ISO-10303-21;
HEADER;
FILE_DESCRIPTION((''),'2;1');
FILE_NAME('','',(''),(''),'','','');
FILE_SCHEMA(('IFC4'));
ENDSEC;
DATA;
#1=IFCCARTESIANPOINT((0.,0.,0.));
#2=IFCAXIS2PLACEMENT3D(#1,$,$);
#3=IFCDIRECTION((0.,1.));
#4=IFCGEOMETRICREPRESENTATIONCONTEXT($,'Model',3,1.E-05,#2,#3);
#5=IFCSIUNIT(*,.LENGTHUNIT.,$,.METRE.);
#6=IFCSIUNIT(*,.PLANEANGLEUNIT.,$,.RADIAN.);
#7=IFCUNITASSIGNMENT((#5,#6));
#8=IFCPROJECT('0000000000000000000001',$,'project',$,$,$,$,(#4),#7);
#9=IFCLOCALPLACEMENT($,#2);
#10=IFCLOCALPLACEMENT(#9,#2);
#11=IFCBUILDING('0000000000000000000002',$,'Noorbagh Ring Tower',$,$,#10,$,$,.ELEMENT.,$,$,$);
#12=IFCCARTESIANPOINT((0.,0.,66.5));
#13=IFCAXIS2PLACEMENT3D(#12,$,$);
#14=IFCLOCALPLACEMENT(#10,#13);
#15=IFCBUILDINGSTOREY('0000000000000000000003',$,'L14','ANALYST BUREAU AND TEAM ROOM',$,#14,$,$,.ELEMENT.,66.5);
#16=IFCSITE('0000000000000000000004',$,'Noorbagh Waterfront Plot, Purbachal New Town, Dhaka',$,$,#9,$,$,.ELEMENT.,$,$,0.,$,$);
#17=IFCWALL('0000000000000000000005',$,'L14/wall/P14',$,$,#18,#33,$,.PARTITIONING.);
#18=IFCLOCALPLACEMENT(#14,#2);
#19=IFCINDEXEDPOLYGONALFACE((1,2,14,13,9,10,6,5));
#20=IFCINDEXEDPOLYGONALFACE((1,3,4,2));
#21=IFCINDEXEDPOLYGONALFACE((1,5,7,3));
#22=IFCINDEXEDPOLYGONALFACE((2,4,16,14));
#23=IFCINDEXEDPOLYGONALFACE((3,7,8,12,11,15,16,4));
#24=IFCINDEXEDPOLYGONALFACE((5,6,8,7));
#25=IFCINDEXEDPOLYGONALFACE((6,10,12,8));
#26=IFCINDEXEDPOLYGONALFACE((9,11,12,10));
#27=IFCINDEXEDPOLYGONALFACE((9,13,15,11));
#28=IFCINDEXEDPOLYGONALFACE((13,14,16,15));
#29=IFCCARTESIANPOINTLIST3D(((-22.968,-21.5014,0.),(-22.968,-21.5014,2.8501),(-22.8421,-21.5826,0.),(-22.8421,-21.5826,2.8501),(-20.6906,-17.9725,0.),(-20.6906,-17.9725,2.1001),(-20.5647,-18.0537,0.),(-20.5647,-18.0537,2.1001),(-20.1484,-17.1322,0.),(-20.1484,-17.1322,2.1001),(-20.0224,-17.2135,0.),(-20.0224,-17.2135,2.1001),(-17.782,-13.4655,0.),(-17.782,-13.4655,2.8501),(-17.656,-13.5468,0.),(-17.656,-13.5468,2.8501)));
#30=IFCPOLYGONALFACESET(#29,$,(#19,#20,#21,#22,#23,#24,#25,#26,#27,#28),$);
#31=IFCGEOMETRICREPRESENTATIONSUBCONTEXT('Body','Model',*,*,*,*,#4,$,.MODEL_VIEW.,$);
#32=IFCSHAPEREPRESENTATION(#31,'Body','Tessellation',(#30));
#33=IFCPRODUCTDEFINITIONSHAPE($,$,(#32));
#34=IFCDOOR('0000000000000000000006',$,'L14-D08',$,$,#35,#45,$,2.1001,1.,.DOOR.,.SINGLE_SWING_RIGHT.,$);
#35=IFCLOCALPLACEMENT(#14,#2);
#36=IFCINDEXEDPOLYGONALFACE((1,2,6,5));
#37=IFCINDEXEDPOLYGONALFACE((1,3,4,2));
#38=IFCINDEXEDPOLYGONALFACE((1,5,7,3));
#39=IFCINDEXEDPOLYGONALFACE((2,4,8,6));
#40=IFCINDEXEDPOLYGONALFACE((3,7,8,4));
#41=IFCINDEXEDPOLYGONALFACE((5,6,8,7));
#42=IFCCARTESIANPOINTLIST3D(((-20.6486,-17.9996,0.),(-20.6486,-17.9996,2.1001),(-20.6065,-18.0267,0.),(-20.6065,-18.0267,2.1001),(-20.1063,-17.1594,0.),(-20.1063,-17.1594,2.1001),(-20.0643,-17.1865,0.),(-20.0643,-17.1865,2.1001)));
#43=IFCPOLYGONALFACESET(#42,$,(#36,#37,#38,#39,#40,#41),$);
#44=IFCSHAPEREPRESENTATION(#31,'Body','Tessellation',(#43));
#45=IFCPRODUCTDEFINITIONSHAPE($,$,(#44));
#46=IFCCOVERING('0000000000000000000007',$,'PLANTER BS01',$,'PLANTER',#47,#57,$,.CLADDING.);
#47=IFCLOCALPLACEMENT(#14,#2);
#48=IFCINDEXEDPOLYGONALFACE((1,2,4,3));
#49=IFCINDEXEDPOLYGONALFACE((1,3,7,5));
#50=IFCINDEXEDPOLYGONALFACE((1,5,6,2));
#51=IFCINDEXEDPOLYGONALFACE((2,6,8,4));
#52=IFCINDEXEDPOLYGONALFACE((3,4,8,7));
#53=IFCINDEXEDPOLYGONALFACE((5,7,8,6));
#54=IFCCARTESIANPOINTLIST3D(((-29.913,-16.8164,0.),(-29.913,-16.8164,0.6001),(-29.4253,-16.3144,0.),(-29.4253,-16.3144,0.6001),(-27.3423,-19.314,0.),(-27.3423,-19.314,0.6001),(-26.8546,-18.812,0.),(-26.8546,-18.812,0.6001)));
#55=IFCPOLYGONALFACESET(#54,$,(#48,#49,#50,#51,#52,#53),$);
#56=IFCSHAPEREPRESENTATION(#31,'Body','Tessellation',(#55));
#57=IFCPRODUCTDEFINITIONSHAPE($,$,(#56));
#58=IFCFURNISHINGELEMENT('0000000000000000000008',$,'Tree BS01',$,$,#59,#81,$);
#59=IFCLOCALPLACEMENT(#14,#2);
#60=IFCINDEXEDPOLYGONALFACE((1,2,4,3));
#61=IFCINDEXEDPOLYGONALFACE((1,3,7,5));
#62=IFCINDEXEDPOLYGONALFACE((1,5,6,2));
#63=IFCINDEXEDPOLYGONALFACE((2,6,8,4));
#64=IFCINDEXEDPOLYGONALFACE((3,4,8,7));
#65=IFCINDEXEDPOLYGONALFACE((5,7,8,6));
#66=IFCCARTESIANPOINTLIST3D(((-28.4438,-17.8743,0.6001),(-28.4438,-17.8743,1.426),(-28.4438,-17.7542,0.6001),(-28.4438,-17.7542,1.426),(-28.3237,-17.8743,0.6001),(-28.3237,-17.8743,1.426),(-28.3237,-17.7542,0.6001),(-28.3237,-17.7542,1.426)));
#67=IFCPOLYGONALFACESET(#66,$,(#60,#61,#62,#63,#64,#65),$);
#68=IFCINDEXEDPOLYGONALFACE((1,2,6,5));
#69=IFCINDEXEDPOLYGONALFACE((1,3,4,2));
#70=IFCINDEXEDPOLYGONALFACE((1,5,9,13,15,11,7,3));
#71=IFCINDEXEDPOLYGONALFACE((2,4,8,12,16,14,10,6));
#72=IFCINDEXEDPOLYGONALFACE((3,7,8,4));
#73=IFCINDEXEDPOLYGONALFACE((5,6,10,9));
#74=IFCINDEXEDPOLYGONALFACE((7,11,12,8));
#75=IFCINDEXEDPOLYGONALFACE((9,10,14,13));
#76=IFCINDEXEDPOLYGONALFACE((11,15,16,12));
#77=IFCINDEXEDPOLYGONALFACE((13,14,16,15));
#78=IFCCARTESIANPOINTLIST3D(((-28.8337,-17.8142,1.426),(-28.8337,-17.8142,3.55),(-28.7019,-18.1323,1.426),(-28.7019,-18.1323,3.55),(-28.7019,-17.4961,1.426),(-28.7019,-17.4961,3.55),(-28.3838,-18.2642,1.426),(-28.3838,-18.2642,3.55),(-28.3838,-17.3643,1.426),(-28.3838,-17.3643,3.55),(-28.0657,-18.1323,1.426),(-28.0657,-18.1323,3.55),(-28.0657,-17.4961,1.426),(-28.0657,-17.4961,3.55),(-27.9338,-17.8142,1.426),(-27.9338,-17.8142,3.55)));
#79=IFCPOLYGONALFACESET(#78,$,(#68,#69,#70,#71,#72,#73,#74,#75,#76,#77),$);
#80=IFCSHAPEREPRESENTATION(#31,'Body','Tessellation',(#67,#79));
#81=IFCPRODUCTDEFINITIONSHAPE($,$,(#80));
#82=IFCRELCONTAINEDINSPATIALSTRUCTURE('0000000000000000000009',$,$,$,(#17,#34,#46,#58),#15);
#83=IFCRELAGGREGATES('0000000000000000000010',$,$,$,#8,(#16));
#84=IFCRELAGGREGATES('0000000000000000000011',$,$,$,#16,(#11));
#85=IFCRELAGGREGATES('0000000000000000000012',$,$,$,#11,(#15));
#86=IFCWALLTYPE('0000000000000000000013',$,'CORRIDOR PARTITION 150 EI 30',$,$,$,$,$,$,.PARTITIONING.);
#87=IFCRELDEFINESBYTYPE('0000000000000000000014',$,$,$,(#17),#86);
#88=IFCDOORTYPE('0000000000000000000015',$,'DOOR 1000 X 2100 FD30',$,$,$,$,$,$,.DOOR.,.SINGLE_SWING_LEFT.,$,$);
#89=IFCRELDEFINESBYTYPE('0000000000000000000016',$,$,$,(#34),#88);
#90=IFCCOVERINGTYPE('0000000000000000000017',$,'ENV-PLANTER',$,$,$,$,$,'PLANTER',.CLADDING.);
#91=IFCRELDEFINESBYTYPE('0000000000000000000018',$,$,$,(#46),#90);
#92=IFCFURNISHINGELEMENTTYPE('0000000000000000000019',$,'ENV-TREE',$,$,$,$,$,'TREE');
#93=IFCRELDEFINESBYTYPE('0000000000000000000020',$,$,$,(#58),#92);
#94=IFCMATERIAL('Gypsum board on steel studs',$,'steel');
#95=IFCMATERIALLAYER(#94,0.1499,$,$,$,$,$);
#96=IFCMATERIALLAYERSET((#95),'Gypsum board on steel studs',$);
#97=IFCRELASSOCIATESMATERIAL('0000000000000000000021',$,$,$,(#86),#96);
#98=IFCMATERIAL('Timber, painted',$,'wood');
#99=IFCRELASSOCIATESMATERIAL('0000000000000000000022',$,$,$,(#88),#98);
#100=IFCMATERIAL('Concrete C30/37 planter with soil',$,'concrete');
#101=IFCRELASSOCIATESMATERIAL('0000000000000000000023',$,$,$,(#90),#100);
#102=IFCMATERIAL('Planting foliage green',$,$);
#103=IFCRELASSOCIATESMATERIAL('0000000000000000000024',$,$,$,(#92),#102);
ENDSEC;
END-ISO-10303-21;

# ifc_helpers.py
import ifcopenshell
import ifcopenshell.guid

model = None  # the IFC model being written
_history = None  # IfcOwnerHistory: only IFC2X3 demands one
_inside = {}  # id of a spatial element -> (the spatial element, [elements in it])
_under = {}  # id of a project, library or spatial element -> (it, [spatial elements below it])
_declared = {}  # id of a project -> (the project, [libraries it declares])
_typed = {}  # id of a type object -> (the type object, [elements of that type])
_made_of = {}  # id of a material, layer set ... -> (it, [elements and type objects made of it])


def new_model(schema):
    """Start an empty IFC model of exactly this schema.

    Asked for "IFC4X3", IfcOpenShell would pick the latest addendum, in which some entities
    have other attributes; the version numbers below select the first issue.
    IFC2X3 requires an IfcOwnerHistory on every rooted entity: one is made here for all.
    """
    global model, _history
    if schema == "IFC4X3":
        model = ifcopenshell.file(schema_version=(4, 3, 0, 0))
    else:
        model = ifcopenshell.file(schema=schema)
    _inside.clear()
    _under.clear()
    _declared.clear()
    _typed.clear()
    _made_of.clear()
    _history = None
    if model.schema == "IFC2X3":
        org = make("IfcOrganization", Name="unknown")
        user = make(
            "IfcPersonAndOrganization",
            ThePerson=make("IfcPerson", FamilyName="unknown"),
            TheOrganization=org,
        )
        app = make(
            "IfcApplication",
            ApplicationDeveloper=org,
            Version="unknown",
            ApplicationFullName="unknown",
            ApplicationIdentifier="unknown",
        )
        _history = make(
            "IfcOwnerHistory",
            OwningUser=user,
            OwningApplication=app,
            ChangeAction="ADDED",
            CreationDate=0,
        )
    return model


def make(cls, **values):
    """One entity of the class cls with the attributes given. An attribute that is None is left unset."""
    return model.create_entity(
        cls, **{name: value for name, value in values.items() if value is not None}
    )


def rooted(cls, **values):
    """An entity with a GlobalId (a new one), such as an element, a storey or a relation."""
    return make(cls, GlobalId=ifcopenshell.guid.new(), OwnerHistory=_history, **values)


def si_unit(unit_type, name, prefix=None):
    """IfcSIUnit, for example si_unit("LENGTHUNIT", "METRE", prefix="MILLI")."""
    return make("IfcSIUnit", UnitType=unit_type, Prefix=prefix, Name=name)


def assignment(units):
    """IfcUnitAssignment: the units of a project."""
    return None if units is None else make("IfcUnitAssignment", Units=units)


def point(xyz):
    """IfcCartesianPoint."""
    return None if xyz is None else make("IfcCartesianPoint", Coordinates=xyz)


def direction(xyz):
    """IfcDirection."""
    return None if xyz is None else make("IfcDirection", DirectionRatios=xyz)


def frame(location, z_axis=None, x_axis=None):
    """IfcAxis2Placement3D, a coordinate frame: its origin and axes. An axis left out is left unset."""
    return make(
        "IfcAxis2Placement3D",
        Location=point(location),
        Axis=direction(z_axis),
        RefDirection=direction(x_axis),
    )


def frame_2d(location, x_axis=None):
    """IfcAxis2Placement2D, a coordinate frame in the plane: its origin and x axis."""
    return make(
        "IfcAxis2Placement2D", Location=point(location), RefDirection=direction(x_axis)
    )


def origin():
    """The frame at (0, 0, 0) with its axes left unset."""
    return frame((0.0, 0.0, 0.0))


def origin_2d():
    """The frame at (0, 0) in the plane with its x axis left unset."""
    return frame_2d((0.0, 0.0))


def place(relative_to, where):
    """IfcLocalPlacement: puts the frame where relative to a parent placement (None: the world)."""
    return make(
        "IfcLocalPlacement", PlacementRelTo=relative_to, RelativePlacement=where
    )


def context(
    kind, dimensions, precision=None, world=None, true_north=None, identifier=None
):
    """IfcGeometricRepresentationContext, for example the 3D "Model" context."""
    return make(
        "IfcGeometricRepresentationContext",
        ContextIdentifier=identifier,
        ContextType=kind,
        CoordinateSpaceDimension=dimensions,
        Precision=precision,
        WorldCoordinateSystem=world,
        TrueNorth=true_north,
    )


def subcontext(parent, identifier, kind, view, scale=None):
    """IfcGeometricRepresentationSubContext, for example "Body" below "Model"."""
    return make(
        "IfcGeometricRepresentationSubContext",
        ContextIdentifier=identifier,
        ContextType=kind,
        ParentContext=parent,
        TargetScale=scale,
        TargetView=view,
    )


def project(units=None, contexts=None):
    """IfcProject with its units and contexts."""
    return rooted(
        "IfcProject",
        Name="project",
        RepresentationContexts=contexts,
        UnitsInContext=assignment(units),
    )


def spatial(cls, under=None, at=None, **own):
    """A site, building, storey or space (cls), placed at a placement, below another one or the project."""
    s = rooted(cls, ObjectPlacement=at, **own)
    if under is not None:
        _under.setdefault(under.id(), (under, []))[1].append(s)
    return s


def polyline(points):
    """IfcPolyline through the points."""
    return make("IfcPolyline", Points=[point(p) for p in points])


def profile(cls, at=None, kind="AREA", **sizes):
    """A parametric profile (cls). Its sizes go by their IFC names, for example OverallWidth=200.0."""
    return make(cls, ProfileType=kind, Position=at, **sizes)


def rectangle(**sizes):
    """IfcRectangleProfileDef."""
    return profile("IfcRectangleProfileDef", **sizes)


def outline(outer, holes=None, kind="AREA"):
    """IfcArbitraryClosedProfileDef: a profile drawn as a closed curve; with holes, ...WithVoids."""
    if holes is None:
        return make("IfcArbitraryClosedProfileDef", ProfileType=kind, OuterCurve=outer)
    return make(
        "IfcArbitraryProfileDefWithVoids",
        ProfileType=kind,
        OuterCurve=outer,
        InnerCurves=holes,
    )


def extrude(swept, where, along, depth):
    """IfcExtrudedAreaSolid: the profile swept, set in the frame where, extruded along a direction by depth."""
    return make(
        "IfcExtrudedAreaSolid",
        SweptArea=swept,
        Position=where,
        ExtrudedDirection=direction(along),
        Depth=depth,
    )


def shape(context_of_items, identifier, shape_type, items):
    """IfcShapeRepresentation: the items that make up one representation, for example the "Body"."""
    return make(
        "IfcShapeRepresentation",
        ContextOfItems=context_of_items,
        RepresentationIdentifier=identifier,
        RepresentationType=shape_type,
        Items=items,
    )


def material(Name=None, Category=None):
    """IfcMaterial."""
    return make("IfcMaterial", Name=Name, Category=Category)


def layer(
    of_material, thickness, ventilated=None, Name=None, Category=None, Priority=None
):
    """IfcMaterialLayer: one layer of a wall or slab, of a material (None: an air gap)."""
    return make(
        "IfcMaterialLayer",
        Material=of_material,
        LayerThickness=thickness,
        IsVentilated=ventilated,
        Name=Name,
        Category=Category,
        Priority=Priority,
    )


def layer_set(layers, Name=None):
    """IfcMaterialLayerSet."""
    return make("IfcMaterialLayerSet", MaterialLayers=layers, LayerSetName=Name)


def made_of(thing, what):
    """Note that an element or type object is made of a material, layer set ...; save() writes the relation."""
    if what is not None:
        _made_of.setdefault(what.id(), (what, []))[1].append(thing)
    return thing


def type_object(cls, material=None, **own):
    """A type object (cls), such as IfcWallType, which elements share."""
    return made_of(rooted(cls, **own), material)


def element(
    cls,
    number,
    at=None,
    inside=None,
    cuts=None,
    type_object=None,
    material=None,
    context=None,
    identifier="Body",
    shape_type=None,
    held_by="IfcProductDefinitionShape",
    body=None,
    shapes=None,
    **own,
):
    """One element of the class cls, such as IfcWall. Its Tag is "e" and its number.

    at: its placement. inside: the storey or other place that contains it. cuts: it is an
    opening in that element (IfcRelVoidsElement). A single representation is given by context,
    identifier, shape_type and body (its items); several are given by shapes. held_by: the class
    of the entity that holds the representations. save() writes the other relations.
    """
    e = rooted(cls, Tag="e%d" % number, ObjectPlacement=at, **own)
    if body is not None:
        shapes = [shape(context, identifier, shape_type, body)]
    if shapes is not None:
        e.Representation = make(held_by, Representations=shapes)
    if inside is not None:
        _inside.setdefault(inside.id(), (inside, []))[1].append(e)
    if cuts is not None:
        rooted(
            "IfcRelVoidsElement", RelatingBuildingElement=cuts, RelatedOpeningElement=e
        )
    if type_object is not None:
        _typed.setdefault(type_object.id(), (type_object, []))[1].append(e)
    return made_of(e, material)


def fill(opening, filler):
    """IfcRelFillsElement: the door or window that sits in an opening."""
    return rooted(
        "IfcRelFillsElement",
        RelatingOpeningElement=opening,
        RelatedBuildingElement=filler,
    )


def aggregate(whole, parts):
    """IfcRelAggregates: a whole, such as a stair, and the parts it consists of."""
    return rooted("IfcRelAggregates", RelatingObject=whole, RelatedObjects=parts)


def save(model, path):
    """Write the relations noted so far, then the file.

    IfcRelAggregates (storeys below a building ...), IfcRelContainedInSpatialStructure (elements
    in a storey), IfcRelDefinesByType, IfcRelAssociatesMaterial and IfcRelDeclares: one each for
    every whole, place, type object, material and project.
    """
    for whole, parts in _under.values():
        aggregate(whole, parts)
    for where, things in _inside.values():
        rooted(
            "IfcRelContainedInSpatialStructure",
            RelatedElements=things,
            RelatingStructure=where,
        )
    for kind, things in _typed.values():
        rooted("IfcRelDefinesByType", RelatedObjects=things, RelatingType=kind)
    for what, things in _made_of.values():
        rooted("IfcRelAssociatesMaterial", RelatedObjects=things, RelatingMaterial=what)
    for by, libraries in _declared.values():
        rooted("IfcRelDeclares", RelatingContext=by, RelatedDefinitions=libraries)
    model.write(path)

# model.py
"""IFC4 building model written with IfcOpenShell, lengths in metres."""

from ifc_helpers import new_model, si_unit, direction, frame, frame_2d, origin, origin_2d, place, context, subcontext, project, spatial, polyline, rectangle, outline, extrude, material, layer, layer_set, type_object, element, fill, save


model = new_model("IFC4")

# Units and contexts
model_context = context("Model", 3, precision=1e-05, world=origin(), true_north=direction((0.0, 1.0)))
body_context = subcontext(model_context, "Body", "Model", "MODEL_VIEW")
ifc_project = project(units=[si_unit("LENGTHUNIT", "METRE"), si_unit("PLANEANGLEUNIT", "RADIAN")], contexts=[model_context])

# Site, building, storey
site_placement = place(None, origin())
site = spatial("IfcSite", under=ifc_project, at=site_placement, Name="Noorbagh Waterfront Plot, Purbachal New Town, Dhaka", CompositionType="ELEMENT", RefElevation=0.0)
building_placement = place(site_placement, origin())
building = spatial("IfcBuilding", under=site, at=building_placement, Name="Noorbagh Ring Tower", CompositionType="ELEMENT")
storey_placement = place(building_placement, frame((0.0, 0.0, 66.5)))
storey = spatial("IfcBuildingStorey", under=building, at=storey_placement, Name="L14", Description="ANALYST BUREAU AND TEAM ROOM", CompositionType="ELEMENT", Elevation=66.5)

# Shared definitions
ifc_material_1 = material(Name="Gypsum board on steel studs", Category="steel")
ifc_layer_1 = layer(ifc_material_1, 0.1499)
ifc_layer_set_1 = layer_set([ifc_layer_1], Name="Gypsum board on steel studs")
wall_type_1 = type_object("IfcWallType", Name="CORRIDOR PARTITION 150 EI 30", PredefinedType="PARTITIONING", material=ifc_layer_set_1)

# Wall, opening, door
wall_1_placement = place(storey_placement, frame((-22.905, -21.542, 0.0), z_axis=(0.0, 0.0, 1.0), x_axis=(0.542244, 0.840221, 0.0)))
wall_1 = element("IfcWall", 1, at=wall_1_placement, inside=storey, type_object=wall_type_1, Name="L14/wall/P14", PredefinedType="PARTITIONING", context=body_context, shape_type="SweptSolid", body=[
    extrude(rectangle(XDim=9.564, YDim=0.1499, at=frame_2d((4.782, 0.0))), origin(), (0.0, 0.0, 1.0), 2.8501),
])
opening_1_placement = place(wall_1_placement, frame((4.2, 0.0, 0.0)))
opening_1 = element("IfcOpeningElement", 2, at=opening_1_placement, cuts=wall_1, PredefinedType="OPENING", context=body_context, shape_type="SweptSolid", body=[
    extrude(rectangle(XDim=1.0, YDim=2.1001, at=frame_2d((0.5, 1.05))), frame((0.0, 0.085, 0.0), z_axis=(0.0, -1.0, 0.0), x_axis=(1.0, 0.0, 0.0)), (0.0, 0.0, 1.0), 0.1699),
])
ifc_material_2 = material(Name="Timber, painted", Category="wood")
door_type_1 = type_object("IfcDoorType", Name="DOOR 1000 X 2100 FD30", OperationType="SINGLE_SWING_LEFT", PredefinedType="DOOR", material=ifc_material_2)
door_1_placement = place(opening_1_placement, origin())
door_1 = element("IfcDoor", 3, at=door_1_placement, inside=storey, type_object=door_type_1, Name="L14-D08", OperationType="SINGLE_SWING_RIGHT", OverallHeight=2.1001, OverallWidth=1.0, PredefinedType="DOOR", context=body_context, shape_type="SweptSolid", body=[
    extrude(rectangle(XDim=1.0, YDim=2.1001, at=frame_2d((0.5, 1.05))), frame((0.0, 0.0249, 0.0), z_axis=(0.0, -1.0, 0.0), x_axis=(1.0, 0.0, 0.0)), (0.0, 0.0, 1.0), 0.05),
])
fill(opening_1, door_1)

# Covering
ifc_material_3 = material(Name="Concrete C30/37 planter with soil", Category="concrete")
covering_type = type_object("IfcCoveringType", Name="ENV-PLANTER", ElementType="PLANTER", PredefinedType="CLADDING", material=ifc_material_3)
covering_placement = place(storey_placement, frame((-28.3838, -17.8142, 0.0), z_axis=(0.0, 0.0, 1.0), x_axis=(0.717225, -0.696842, 0.0)))
element("IfcCovering", 4, at=covering_placement, inside=storey, type_object=covering_type, Name="PLANTER BS01", ObjectType="PLANTER", PredefinedType="CLADDING", context=body_context, shape_type="SweptSolid", body=[
    extrude(rectangle(XDim=3.5842, YDim=0.7, at=origin_2d()), origin(), (0.0, 0.0, 1.0), 0.6001),
])

# Furnishing element
ifc_material_4 = material(Name="Planting foliage green")
furnishing_element_type = type_object("IfcFurnishingElementType", Name="ENV-TREE", ElementType="TREE", material=ifc_material_4)
furnishing_placement = place(storey_placement, frame((-28.3838, -17.8142, 0.6001), z_axis=(0.0, 0.0, 1.0), x_axis=(1.0, 0.0, 0.0)))
element("IfcFurnishingElement", 5, at=furnishing_placement, inside=storey, type_object=furnishing_element_type, Name="Tree BS01", context=body_context, shape_type="SweptSolid", body=[
    extrude(rectangle(XDim=0.1201, YDim=0.1201, at=origin_2d()), origin(), (0.0, 0.0, 1.0), 0.8259),
    extrude(outline(polyline([(0.45, 0.0), (0.3181, 0.3181), (0.0, 0.45), (-0.3181, 0.3181), (-0.45, 0.0), (-0.3181, -0.3181), (0.0, -0.45), (0.3181, -0.3181), (0.45, 0.0)])), frame((0.0, 0.0, 0.8259)), (0.0, 0.0, 1.0), 2.124),
])

save(model, "model.ifc")
